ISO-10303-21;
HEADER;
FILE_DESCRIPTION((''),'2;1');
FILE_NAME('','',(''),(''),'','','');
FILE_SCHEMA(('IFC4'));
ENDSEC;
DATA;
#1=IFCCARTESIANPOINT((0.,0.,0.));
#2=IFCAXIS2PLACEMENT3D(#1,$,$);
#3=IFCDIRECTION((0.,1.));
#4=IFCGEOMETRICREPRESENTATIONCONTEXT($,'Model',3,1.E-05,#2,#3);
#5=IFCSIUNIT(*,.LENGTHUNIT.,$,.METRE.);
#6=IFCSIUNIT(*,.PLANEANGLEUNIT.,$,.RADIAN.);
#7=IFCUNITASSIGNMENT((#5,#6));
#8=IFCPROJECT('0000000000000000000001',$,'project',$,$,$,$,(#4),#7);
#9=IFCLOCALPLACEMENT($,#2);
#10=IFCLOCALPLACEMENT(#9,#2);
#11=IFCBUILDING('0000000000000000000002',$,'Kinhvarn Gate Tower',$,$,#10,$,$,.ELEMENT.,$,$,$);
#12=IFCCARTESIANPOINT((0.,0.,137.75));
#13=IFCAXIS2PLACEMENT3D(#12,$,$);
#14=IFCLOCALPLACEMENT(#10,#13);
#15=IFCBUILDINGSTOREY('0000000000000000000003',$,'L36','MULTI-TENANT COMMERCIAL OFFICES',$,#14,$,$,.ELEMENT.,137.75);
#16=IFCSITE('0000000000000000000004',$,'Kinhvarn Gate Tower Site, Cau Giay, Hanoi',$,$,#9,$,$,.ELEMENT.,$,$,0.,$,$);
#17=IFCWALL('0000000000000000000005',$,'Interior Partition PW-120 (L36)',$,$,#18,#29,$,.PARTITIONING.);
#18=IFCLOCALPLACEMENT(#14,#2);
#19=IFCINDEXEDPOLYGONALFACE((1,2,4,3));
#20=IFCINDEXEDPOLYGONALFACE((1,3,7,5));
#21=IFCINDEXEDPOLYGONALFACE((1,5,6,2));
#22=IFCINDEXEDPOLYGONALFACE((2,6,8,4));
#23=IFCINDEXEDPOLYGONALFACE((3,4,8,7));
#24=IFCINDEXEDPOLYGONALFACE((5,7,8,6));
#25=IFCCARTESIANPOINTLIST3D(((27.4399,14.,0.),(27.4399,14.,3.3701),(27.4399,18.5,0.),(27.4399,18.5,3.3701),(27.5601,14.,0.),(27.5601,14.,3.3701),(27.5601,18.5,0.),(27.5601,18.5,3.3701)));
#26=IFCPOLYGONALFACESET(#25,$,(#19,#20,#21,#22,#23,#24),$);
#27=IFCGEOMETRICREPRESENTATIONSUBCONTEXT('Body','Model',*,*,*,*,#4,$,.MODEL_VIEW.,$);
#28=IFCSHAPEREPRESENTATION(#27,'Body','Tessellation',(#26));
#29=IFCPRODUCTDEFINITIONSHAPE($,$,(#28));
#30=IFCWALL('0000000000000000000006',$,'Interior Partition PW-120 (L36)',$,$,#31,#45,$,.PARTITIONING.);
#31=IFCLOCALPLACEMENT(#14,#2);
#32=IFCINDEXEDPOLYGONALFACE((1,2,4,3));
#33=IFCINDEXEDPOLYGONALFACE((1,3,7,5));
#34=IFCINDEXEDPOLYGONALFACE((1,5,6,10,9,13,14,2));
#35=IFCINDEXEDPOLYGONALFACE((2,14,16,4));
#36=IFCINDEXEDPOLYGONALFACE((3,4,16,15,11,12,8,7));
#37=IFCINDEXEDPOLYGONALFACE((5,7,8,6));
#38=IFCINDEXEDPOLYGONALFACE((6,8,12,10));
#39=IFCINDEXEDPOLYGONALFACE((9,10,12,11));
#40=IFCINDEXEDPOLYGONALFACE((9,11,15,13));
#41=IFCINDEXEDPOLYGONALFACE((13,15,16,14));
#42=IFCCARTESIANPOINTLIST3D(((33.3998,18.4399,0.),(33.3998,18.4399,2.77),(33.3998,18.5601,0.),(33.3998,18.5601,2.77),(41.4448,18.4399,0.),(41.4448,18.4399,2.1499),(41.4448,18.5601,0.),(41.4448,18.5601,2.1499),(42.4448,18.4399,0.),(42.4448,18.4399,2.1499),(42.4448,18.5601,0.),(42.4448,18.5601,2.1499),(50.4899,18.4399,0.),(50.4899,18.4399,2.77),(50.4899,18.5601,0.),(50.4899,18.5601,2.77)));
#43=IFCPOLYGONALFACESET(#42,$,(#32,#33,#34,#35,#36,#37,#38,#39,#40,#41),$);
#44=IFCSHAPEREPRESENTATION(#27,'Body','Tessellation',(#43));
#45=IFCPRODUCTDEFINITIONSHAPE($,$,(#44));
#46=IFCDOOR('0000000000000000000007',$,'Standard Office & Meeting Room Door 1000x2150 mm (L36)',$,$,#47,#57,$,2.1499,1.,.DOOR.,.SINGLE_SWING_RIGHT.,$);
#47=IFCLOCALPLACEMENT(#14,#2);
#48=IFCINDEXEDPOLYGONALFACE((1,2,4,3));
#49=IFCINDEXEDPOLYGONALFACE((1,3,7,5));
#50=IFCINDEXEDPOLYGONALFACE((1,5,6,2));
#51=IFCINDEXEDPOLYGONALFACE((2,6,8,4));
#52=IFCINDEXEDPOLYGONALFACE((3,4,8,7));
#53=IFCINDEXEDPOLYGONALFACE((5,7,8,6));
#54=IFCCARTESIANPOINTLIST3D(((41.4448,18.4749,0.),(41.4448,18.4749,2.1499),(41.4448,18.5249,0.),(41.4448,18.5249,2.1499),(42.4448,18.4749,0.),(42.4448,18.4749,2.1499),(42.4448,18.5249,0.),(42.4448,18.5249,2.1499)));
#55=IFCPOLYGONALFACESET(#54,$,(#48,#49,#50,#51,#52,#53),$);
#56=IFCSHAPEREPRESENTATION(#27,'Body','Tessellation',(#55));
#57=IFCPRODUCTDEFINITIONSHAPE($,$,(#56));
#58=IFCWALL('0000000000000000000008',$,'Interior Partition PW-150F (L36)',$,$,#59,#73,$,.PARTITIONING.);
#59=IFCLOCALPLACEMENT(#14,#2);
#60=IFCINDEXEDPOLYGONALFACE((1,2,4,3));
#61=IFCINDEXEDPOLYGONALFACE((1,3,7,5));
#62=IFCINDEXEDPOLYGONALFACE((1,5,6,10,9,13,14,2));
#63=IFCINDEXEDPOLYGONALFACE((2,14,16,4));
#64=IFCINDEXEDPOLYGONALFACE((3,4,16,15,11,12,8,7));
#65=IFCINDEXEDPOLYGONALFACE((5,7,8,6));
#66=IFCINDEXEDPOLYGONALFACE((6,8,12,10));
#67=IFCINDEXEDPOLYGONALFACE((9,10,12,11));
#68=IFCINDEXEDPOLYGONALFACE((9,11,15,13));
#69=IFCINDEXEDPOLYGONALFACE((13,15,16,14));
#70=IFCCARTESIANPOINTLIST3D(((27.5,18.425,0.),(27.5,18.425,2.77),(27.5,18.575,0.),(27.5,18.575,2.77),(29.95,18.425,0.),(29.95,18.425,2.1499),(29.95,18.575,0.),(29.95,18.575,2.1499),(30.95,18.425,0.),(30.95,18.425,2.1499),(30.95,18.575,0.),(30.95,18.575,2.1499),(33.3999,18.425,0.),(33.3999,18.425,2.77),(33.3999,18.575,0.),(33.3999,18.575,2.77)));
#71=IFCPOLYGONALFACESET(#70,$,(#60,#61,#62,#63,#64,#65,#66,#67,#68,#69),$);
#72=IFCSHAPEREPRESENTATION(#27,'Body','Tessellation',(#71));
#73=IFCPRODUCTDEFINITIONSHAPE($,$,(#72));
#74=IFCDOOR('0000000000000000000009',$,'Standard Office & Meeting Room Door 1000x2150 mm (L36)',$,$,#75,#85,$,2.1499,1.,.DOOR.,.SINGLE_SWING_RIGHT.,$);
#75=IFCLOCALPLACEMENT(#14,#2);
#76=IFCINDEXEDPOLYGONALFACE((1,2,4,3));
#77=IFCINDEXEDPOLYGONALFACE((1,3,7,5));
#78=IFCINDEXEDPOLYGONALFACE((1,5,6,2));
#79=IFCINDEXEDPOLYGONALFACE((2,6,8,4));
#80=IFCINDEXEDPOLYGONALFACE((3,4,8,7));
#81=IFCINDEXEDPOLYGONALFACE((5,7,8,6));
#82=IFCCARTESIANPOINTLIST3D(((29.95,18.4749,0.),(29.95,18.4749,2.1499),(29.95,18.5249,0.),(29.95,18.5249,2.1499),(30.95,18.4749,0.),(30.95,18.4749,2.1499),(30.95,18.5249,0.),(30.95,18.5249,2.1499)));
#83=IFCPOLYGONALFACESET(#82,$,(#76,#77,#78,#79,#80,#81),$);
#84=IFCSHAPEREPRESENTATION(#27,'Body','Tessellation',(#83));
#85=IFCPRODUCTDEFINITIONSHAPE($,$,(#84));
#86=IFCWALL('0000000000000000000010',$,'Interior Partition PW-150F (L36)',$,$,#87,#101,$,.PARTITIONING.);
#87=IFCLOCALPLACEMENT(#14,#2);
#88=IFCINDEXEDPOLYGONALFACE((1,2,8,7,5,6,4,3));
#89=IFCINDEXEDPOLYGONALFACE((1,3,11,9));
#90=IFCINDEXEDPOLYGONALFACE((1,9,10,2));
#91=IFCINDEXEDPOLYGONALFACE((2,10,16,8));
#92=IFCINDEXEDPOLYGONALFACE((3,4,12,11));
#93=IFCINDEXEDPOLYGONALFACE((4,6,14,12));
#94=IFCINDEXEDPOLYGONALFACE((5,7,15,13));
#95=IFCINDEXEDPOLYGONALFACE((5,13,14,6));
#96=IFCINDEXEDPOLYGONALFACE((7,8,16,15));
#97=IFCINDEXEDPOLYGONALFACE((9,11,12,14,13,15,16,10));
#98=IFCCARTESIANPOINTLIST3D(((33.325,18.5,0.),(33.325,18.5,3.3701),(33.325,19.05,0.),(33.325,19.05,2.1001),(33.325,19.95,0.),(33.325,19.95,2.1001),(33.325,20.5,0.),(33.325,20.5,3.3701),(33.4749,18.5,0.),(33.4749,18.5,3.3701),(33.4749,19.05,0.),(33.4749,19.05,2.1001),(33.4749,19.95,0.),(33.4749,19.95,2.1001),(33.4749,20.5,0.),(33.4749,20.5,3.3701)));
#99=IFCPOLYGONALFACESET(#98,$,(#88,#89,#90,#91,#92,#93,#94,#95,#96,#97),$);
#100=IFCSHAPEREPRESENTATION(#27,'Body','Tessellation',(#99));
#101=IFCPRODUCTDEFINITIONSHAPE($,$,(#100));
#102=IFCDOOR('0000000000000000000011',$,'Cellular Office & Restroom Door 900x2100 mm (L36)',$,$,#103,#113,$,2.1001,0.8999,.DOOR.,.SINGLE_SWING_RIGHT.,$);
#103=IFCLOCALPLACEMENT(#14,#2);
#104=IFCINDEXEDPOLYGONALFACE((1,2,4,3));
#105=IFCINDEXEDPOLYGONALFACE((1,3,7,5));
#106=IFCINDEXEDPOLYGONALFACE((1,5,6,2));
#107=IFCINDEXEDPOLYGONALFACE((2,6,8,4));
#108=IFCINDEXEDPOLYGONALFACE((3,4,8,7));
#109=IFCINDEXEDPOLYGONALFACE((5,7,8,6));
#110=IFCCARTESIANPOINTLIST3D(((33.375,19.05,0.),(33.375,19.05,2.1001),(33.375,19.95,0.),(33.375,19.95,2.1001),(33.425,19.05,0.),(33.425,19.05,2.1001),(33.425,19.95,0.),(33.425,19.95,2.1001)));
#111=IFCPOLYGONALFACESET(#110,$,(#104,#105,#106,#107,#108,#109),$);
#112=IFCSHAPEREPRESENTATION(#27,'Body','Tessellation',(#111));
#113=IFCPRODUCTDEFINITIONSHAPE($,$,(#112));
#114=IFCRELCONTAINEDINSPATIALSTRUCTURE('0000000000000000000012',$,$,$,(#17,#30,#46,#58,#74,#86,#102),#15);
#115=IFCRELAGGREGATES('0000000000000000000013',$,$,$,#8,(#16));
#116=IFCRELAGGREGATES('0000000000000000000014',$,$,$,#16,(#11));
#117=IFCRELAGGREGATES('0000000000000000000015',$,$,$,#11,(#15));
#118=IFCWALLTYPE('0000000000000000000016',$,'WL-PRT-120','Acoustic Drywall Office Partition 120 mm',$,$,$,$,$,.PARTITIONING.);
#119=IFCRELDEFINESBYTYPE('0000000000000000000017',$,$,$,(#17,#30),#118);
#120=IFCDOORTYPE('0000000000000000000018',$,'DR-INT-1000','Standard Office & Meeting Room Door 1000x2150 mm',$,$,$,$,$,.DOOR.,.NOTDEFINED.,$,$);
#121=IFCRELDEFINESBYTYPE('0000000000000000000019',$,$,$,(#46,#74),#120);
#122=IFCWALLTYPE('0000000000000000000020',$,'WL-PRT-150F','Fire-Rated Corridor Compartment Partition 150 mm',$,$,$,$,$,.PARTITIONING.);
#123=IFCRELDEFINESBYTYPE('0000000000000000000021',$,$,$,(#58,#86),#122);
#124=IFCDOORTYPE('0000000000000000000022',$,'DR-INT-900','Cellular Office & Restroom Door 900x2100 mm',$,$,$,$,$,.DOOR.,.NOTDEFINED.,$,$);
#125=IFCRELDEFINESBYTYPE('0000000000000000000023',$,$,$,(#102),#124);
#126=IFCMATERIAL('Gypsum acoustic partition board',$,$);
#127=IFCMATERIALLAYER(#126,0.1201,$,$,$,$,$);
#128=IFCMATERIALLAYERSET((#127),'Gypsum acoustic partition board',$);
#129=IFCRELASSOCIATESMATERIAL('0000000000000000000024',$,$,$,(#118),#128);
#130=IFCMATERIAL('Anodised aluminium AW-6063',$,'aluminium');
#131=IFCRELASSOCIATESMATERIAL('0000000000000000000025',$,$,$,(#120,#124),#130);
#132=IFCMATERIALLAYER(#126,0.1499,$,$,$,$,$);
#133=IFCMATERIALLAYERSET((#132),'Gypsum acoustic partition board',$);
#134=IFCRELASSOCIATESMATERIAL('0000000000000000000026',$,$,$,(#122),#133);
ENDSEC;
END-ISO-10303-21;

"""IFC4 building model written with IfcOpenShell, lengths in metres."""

from ifc_helpers import new_model, si_unit, direction, frame, frame_2d, origin, place, context, subcontext, project, spatial, rectangle, extrude, material, layer, layer_set, type_object, element, fill, save


model = new_model("IFC4")

# Units and contexts
model_context = context("Model", 3, precision=1e-05, world=origin(), true_north=direction((0.0, 1.0)))
body_context = subcontext(model_context, "Body", "Model", "MODEL_VIEW")
ifc_project = project(units=[si_unit("LENGTHUNIT", "METRE"), si_unit("PLANEANGLEUNIT", "RADIAN")], contexts=[model_context])

# Site, building, storey
site_placement = place(None, origin())
site = spatial("IfcSite", under=ifc_project, at=site_placement, Name="Kinhvarn Gate Tower Site, Cau Giay, Hanoi", CompositionType="ELEMENT", RefElevation=0.0)
building_placement = place(site_placement, origin())
building = spatial("IfcBuilding", under=site, at=building_placement, Name="Kinhvarn Gate Tower", CompositionType="ELEMENT")
storey_placement = place(building_placement, frame((0.0, 0.0, 137.75)))
storey = spatial("IfcBuildingStorey", under=building, at=storey_placement, Name="L36", Description="MULTI-TENANT COMMERCIAL OFFICES", CompositionType="ELEMENT", Elevation=137.75)

# Wall
ifc_material_1 = material(Name="Gypsum acoustic partition board")
ifc_layer_1 = layer(ifc_material_1, 0.1201)
ifc_layer_set_1 = layer_set([ifc_layer_1], Name="Gypsum acoustic partition board")
wall_type_1 = type_object("IfcWallType", Name="WL-PRT-120", Description="Acoustic Drywall Office Partition 120 mm", PredefinedType="PARTITIONING", material=ifc_layer_set_1)
wall_1_placement = place(storey_placement, frame((27.5, 14.0, 0.0), z_axis=(0.0, 0.0, 1.0), x_axis=(0.0, 1.0, 0.0)))
element("IfcWall", 1, at=wall_1_placement, inside=storey, type_object=wall_type_1, Name="Interior Partition PW-120 (L36)", PredefinedType="PARTITIONING", context=body_context, shape_type="SweptSolid", body=[
    extrude(rectangle(XDim=4.5, YDim=0.1201, at=frame_2d((2.25, 0.0))), origin(), (0.0, 0.0, 1.0), 3.3701),
])

# Walls, openings, doors
wall_2_placement = place(storey_placement, frame((33.3999, 18.5, 0.0), z_axis=(0.0, 0.0, 1.0), x_axis=(1.0, 0.0, 0.0)))
wall_2 = element("IfcWall", 2, at=wall_2_placement, inside=storey, type_object=wall_type_1, Name="Interior Partition PW-120 (L36)", PredefinedType="PARTITIONING", context=body_context, shape_type="SweptSolid", body=[
    extrude(rectangle(XDim=17.0901, YDim=0.1201, at=frame_2d((8.5449, 0.0))), origin(), (0.0, 0.0, 1.0), 2.77),
])
opening_1_placement = place(wall_2_placement, frame((8.0449, 0.0, 0.0)))
opening_1 = element("IfcOpeningElement", 3, at=opening_1_placement, cuts=wall_2, PredefinedType="OPENING", context=body_context, shape_type="SweptSolid", body=[
    extrude(rectangle(XDim=1.0, YDim=2.1499, at=frame_2d((0.5, 1.075))), frame((0.0, 0.0701, 0.0), z_axis=(0.0, -1.0, 0.0), x_axis=(1.0, 0.0, 0.0)), (0.0, 0.0, 1.0), 0.1401),
])
ifc_material_2 = material(Name="Anodised aluminium AW-6063", Category="aluminium")
door_type_1 = type_object("IfcDoorType", Name="DR-INT-1000", Description="Standard Office & Meeting Room Door 1000x2150 mm", OperationType="NOTDEFINED", PredefinedType="DOOR", material=ifc_material_2)
door_1_placement = place(opening_1_placement, origin())
door_1 = element("IfcDoor", 4, at=door_1_placement, inside=storey, type_object=door_type_1, Name="Standard Office & Meeting Room Door 1000x2150 mm (L36)", OperationType="SINGLE_SWING_RIGHT", OverallHeight=2.1499, OverallWidth=1.0, PredefinedType="DOOR", context=body_context, shape_type="SweptSolid", body=[
    extrude(rectangle(XDim=1.0, YDim=2.1499, at=frame_2d((0.5, 1.075))), frame((0.0, 0.0249, 0.0), z_axis=(0.0, -1.0, 0.0), x_axis=(1.0, 0.0, 0.0)), (0.0, 0.0, 1.0), 0.05),
])
fill(opening_1, door_1)
ifc_layer_2 = layer(ifc_material_1, 0.1499)
ifc_layer_set_2 = layer_set([ifc_layer_2], Name="Gypsum acoustic partition board")
wall_type_2 = type_object("IfcWallType", Name="WL-PRT-150F", Description="Fire-Rated Corridor Compartment Partition 150 mm", PredefinedType="PARTITIONING", material=ifc_layer_set_2)
wall_3_placement = place(storey_placement, frame((27.5, 18.5, 0.0), z_axis=(0.0, 0.0, 1.0), x_axis=(1.0, 0.0, 0.0)))
wall_3 = element("IfcWall", 5, at=wall_3_placement, inside=storey, type_object=wall_type_2, Name="Interior Partition PW-150F (L36)", PredefinedType="PARTITIONING", context=body_context, shape_type="SweptSolid", body=[
    extrude(rectangle(XDim=5.8999, YDim=0.1499, at=frame_2d((2.95, 0.0))), origin(), (0.0, 0.0, 1.0), 2.77),
])
opening_2_placement = place(wall_3_placement, frame((2.45, 0.0, 0.0)))
opening_2 = element("IfcOpeningElement", 6, at=opening_2_placement, cuts=wall_3, PredefinedType="OPENING", context=body_context, shape_type="SweptSolid", body=[
    extrude(rectangle(XDim=1.0, YDim=2.1499, at=frame_2d((0.5, 1.075))), frame((0.0, 0.085, 0.0), z_axis=(0.0, -1.0, 0.0), x_axis=(1.0, 0.0, 0.0)), (0.0, 0.0, 1.0), 0.1699),
])
door_2_placement = place(opening_2_placement, origin())
door_2 = element("IfcDoor", 7, at=door_2_placement, inside=storey, type_object=door_type_1, Name="Standard Office & Meeting Room Door 1000x2150 mm (L36)", OperationType="SINGLE_SWING_RIGHT", OverallHeight=2.1499, OverallWidth=1.0, PredefinedType="DOOR", context=body_context, shape_type="SweptSolid", body=[
    extrude(rectangle(XDim=1.0, YDim=2.1499, at=frame_2d((0.5, 1.075))), frame((0.0, 0.0249, 0.0), z_axis=(0.0, -1.0, 0.0), x_axis=(1.0, 0.0, 0.0)), (0.0, 0.0, 1.0), 0.05),
])
fill(opening_2, door_2)
wall_4_placement = place(storey_placement, frame((33.3999, 18.5, 0.0), z_axis=(0.0, 0.0, 1.0), x_axis=(0.0, 1.0, 0.0)))
wall_4 = element("IfcWall", 8, at=wall_4_placement, inside=storey, type_object=wall_type_2, Name="Interior Partition PW-150F (L36)", PredefinedType="PARTITIONING", context=body_context, shape_type="SweptSolid", body=[
    extrude(rectangle(XDim=2.0, YDim=0.1499, at=frame_2d((1.0, 0.0))), origin(), (0.0, 0.0, 1.0), 3.3701),
])
opening_3_placement = place(wall_4_placement, frame((0.55, 0.0, 0.0)))
opening_3 = element("IfcOpeningElement", 9, at=opening_3_placement, cuts=wall_4, PredefinedType="OPENING", context=body_context, shape_type="SweptSolid", body=[
    extrude(rectangle(XDim=0.8999, YDim=2.1001, at=frame_2d((0.45, 1.05))), frame((0.0, 0.085, 0.0), z_axis=(0.0, -1.0, 0.0), x_axis=(1.0, 0.0, 0.0)), (0.0, 0.0, 1.0), 0.1699),
])
door_type_2 = type_object("IfcDoorType", Name="DR-INT-900", Description="Cellular Office & Restroom Door 900x2100 mm", OperationType="NOTDEFINED", PredefinedType="DOOR", material=ifc_material_2)
door_3_placement = place(opening_3_placement, origin())
door_3 = element("IfcDoor", 10, at=door_3_placement, inside=storey, type_object=door_type_2, Name="Cellular Office & Restroom Door 900x2100 mm (L36)", OperationType="SINGLE_SWING_RIGHT", OverallHeight=2.1001, OverallWidth=0.8999, PredefinedType="DOOR", context=body_context, shape_type="SweptSolid", body=[
    extrude(rectangle(XDim=0.8999, YDim=2.1001, at=frame_2d((0.45, 1.05))), frame((0.0, 0.0249, 0.0), z_axis=(0.0, -1.0, 0.0), x_axis=(1.0, 0.0, 0.0)), (0.0, 0.0, 1.0), 0.05),
])
fill(opening_3, door_3)

save(model, "model.ifc")
